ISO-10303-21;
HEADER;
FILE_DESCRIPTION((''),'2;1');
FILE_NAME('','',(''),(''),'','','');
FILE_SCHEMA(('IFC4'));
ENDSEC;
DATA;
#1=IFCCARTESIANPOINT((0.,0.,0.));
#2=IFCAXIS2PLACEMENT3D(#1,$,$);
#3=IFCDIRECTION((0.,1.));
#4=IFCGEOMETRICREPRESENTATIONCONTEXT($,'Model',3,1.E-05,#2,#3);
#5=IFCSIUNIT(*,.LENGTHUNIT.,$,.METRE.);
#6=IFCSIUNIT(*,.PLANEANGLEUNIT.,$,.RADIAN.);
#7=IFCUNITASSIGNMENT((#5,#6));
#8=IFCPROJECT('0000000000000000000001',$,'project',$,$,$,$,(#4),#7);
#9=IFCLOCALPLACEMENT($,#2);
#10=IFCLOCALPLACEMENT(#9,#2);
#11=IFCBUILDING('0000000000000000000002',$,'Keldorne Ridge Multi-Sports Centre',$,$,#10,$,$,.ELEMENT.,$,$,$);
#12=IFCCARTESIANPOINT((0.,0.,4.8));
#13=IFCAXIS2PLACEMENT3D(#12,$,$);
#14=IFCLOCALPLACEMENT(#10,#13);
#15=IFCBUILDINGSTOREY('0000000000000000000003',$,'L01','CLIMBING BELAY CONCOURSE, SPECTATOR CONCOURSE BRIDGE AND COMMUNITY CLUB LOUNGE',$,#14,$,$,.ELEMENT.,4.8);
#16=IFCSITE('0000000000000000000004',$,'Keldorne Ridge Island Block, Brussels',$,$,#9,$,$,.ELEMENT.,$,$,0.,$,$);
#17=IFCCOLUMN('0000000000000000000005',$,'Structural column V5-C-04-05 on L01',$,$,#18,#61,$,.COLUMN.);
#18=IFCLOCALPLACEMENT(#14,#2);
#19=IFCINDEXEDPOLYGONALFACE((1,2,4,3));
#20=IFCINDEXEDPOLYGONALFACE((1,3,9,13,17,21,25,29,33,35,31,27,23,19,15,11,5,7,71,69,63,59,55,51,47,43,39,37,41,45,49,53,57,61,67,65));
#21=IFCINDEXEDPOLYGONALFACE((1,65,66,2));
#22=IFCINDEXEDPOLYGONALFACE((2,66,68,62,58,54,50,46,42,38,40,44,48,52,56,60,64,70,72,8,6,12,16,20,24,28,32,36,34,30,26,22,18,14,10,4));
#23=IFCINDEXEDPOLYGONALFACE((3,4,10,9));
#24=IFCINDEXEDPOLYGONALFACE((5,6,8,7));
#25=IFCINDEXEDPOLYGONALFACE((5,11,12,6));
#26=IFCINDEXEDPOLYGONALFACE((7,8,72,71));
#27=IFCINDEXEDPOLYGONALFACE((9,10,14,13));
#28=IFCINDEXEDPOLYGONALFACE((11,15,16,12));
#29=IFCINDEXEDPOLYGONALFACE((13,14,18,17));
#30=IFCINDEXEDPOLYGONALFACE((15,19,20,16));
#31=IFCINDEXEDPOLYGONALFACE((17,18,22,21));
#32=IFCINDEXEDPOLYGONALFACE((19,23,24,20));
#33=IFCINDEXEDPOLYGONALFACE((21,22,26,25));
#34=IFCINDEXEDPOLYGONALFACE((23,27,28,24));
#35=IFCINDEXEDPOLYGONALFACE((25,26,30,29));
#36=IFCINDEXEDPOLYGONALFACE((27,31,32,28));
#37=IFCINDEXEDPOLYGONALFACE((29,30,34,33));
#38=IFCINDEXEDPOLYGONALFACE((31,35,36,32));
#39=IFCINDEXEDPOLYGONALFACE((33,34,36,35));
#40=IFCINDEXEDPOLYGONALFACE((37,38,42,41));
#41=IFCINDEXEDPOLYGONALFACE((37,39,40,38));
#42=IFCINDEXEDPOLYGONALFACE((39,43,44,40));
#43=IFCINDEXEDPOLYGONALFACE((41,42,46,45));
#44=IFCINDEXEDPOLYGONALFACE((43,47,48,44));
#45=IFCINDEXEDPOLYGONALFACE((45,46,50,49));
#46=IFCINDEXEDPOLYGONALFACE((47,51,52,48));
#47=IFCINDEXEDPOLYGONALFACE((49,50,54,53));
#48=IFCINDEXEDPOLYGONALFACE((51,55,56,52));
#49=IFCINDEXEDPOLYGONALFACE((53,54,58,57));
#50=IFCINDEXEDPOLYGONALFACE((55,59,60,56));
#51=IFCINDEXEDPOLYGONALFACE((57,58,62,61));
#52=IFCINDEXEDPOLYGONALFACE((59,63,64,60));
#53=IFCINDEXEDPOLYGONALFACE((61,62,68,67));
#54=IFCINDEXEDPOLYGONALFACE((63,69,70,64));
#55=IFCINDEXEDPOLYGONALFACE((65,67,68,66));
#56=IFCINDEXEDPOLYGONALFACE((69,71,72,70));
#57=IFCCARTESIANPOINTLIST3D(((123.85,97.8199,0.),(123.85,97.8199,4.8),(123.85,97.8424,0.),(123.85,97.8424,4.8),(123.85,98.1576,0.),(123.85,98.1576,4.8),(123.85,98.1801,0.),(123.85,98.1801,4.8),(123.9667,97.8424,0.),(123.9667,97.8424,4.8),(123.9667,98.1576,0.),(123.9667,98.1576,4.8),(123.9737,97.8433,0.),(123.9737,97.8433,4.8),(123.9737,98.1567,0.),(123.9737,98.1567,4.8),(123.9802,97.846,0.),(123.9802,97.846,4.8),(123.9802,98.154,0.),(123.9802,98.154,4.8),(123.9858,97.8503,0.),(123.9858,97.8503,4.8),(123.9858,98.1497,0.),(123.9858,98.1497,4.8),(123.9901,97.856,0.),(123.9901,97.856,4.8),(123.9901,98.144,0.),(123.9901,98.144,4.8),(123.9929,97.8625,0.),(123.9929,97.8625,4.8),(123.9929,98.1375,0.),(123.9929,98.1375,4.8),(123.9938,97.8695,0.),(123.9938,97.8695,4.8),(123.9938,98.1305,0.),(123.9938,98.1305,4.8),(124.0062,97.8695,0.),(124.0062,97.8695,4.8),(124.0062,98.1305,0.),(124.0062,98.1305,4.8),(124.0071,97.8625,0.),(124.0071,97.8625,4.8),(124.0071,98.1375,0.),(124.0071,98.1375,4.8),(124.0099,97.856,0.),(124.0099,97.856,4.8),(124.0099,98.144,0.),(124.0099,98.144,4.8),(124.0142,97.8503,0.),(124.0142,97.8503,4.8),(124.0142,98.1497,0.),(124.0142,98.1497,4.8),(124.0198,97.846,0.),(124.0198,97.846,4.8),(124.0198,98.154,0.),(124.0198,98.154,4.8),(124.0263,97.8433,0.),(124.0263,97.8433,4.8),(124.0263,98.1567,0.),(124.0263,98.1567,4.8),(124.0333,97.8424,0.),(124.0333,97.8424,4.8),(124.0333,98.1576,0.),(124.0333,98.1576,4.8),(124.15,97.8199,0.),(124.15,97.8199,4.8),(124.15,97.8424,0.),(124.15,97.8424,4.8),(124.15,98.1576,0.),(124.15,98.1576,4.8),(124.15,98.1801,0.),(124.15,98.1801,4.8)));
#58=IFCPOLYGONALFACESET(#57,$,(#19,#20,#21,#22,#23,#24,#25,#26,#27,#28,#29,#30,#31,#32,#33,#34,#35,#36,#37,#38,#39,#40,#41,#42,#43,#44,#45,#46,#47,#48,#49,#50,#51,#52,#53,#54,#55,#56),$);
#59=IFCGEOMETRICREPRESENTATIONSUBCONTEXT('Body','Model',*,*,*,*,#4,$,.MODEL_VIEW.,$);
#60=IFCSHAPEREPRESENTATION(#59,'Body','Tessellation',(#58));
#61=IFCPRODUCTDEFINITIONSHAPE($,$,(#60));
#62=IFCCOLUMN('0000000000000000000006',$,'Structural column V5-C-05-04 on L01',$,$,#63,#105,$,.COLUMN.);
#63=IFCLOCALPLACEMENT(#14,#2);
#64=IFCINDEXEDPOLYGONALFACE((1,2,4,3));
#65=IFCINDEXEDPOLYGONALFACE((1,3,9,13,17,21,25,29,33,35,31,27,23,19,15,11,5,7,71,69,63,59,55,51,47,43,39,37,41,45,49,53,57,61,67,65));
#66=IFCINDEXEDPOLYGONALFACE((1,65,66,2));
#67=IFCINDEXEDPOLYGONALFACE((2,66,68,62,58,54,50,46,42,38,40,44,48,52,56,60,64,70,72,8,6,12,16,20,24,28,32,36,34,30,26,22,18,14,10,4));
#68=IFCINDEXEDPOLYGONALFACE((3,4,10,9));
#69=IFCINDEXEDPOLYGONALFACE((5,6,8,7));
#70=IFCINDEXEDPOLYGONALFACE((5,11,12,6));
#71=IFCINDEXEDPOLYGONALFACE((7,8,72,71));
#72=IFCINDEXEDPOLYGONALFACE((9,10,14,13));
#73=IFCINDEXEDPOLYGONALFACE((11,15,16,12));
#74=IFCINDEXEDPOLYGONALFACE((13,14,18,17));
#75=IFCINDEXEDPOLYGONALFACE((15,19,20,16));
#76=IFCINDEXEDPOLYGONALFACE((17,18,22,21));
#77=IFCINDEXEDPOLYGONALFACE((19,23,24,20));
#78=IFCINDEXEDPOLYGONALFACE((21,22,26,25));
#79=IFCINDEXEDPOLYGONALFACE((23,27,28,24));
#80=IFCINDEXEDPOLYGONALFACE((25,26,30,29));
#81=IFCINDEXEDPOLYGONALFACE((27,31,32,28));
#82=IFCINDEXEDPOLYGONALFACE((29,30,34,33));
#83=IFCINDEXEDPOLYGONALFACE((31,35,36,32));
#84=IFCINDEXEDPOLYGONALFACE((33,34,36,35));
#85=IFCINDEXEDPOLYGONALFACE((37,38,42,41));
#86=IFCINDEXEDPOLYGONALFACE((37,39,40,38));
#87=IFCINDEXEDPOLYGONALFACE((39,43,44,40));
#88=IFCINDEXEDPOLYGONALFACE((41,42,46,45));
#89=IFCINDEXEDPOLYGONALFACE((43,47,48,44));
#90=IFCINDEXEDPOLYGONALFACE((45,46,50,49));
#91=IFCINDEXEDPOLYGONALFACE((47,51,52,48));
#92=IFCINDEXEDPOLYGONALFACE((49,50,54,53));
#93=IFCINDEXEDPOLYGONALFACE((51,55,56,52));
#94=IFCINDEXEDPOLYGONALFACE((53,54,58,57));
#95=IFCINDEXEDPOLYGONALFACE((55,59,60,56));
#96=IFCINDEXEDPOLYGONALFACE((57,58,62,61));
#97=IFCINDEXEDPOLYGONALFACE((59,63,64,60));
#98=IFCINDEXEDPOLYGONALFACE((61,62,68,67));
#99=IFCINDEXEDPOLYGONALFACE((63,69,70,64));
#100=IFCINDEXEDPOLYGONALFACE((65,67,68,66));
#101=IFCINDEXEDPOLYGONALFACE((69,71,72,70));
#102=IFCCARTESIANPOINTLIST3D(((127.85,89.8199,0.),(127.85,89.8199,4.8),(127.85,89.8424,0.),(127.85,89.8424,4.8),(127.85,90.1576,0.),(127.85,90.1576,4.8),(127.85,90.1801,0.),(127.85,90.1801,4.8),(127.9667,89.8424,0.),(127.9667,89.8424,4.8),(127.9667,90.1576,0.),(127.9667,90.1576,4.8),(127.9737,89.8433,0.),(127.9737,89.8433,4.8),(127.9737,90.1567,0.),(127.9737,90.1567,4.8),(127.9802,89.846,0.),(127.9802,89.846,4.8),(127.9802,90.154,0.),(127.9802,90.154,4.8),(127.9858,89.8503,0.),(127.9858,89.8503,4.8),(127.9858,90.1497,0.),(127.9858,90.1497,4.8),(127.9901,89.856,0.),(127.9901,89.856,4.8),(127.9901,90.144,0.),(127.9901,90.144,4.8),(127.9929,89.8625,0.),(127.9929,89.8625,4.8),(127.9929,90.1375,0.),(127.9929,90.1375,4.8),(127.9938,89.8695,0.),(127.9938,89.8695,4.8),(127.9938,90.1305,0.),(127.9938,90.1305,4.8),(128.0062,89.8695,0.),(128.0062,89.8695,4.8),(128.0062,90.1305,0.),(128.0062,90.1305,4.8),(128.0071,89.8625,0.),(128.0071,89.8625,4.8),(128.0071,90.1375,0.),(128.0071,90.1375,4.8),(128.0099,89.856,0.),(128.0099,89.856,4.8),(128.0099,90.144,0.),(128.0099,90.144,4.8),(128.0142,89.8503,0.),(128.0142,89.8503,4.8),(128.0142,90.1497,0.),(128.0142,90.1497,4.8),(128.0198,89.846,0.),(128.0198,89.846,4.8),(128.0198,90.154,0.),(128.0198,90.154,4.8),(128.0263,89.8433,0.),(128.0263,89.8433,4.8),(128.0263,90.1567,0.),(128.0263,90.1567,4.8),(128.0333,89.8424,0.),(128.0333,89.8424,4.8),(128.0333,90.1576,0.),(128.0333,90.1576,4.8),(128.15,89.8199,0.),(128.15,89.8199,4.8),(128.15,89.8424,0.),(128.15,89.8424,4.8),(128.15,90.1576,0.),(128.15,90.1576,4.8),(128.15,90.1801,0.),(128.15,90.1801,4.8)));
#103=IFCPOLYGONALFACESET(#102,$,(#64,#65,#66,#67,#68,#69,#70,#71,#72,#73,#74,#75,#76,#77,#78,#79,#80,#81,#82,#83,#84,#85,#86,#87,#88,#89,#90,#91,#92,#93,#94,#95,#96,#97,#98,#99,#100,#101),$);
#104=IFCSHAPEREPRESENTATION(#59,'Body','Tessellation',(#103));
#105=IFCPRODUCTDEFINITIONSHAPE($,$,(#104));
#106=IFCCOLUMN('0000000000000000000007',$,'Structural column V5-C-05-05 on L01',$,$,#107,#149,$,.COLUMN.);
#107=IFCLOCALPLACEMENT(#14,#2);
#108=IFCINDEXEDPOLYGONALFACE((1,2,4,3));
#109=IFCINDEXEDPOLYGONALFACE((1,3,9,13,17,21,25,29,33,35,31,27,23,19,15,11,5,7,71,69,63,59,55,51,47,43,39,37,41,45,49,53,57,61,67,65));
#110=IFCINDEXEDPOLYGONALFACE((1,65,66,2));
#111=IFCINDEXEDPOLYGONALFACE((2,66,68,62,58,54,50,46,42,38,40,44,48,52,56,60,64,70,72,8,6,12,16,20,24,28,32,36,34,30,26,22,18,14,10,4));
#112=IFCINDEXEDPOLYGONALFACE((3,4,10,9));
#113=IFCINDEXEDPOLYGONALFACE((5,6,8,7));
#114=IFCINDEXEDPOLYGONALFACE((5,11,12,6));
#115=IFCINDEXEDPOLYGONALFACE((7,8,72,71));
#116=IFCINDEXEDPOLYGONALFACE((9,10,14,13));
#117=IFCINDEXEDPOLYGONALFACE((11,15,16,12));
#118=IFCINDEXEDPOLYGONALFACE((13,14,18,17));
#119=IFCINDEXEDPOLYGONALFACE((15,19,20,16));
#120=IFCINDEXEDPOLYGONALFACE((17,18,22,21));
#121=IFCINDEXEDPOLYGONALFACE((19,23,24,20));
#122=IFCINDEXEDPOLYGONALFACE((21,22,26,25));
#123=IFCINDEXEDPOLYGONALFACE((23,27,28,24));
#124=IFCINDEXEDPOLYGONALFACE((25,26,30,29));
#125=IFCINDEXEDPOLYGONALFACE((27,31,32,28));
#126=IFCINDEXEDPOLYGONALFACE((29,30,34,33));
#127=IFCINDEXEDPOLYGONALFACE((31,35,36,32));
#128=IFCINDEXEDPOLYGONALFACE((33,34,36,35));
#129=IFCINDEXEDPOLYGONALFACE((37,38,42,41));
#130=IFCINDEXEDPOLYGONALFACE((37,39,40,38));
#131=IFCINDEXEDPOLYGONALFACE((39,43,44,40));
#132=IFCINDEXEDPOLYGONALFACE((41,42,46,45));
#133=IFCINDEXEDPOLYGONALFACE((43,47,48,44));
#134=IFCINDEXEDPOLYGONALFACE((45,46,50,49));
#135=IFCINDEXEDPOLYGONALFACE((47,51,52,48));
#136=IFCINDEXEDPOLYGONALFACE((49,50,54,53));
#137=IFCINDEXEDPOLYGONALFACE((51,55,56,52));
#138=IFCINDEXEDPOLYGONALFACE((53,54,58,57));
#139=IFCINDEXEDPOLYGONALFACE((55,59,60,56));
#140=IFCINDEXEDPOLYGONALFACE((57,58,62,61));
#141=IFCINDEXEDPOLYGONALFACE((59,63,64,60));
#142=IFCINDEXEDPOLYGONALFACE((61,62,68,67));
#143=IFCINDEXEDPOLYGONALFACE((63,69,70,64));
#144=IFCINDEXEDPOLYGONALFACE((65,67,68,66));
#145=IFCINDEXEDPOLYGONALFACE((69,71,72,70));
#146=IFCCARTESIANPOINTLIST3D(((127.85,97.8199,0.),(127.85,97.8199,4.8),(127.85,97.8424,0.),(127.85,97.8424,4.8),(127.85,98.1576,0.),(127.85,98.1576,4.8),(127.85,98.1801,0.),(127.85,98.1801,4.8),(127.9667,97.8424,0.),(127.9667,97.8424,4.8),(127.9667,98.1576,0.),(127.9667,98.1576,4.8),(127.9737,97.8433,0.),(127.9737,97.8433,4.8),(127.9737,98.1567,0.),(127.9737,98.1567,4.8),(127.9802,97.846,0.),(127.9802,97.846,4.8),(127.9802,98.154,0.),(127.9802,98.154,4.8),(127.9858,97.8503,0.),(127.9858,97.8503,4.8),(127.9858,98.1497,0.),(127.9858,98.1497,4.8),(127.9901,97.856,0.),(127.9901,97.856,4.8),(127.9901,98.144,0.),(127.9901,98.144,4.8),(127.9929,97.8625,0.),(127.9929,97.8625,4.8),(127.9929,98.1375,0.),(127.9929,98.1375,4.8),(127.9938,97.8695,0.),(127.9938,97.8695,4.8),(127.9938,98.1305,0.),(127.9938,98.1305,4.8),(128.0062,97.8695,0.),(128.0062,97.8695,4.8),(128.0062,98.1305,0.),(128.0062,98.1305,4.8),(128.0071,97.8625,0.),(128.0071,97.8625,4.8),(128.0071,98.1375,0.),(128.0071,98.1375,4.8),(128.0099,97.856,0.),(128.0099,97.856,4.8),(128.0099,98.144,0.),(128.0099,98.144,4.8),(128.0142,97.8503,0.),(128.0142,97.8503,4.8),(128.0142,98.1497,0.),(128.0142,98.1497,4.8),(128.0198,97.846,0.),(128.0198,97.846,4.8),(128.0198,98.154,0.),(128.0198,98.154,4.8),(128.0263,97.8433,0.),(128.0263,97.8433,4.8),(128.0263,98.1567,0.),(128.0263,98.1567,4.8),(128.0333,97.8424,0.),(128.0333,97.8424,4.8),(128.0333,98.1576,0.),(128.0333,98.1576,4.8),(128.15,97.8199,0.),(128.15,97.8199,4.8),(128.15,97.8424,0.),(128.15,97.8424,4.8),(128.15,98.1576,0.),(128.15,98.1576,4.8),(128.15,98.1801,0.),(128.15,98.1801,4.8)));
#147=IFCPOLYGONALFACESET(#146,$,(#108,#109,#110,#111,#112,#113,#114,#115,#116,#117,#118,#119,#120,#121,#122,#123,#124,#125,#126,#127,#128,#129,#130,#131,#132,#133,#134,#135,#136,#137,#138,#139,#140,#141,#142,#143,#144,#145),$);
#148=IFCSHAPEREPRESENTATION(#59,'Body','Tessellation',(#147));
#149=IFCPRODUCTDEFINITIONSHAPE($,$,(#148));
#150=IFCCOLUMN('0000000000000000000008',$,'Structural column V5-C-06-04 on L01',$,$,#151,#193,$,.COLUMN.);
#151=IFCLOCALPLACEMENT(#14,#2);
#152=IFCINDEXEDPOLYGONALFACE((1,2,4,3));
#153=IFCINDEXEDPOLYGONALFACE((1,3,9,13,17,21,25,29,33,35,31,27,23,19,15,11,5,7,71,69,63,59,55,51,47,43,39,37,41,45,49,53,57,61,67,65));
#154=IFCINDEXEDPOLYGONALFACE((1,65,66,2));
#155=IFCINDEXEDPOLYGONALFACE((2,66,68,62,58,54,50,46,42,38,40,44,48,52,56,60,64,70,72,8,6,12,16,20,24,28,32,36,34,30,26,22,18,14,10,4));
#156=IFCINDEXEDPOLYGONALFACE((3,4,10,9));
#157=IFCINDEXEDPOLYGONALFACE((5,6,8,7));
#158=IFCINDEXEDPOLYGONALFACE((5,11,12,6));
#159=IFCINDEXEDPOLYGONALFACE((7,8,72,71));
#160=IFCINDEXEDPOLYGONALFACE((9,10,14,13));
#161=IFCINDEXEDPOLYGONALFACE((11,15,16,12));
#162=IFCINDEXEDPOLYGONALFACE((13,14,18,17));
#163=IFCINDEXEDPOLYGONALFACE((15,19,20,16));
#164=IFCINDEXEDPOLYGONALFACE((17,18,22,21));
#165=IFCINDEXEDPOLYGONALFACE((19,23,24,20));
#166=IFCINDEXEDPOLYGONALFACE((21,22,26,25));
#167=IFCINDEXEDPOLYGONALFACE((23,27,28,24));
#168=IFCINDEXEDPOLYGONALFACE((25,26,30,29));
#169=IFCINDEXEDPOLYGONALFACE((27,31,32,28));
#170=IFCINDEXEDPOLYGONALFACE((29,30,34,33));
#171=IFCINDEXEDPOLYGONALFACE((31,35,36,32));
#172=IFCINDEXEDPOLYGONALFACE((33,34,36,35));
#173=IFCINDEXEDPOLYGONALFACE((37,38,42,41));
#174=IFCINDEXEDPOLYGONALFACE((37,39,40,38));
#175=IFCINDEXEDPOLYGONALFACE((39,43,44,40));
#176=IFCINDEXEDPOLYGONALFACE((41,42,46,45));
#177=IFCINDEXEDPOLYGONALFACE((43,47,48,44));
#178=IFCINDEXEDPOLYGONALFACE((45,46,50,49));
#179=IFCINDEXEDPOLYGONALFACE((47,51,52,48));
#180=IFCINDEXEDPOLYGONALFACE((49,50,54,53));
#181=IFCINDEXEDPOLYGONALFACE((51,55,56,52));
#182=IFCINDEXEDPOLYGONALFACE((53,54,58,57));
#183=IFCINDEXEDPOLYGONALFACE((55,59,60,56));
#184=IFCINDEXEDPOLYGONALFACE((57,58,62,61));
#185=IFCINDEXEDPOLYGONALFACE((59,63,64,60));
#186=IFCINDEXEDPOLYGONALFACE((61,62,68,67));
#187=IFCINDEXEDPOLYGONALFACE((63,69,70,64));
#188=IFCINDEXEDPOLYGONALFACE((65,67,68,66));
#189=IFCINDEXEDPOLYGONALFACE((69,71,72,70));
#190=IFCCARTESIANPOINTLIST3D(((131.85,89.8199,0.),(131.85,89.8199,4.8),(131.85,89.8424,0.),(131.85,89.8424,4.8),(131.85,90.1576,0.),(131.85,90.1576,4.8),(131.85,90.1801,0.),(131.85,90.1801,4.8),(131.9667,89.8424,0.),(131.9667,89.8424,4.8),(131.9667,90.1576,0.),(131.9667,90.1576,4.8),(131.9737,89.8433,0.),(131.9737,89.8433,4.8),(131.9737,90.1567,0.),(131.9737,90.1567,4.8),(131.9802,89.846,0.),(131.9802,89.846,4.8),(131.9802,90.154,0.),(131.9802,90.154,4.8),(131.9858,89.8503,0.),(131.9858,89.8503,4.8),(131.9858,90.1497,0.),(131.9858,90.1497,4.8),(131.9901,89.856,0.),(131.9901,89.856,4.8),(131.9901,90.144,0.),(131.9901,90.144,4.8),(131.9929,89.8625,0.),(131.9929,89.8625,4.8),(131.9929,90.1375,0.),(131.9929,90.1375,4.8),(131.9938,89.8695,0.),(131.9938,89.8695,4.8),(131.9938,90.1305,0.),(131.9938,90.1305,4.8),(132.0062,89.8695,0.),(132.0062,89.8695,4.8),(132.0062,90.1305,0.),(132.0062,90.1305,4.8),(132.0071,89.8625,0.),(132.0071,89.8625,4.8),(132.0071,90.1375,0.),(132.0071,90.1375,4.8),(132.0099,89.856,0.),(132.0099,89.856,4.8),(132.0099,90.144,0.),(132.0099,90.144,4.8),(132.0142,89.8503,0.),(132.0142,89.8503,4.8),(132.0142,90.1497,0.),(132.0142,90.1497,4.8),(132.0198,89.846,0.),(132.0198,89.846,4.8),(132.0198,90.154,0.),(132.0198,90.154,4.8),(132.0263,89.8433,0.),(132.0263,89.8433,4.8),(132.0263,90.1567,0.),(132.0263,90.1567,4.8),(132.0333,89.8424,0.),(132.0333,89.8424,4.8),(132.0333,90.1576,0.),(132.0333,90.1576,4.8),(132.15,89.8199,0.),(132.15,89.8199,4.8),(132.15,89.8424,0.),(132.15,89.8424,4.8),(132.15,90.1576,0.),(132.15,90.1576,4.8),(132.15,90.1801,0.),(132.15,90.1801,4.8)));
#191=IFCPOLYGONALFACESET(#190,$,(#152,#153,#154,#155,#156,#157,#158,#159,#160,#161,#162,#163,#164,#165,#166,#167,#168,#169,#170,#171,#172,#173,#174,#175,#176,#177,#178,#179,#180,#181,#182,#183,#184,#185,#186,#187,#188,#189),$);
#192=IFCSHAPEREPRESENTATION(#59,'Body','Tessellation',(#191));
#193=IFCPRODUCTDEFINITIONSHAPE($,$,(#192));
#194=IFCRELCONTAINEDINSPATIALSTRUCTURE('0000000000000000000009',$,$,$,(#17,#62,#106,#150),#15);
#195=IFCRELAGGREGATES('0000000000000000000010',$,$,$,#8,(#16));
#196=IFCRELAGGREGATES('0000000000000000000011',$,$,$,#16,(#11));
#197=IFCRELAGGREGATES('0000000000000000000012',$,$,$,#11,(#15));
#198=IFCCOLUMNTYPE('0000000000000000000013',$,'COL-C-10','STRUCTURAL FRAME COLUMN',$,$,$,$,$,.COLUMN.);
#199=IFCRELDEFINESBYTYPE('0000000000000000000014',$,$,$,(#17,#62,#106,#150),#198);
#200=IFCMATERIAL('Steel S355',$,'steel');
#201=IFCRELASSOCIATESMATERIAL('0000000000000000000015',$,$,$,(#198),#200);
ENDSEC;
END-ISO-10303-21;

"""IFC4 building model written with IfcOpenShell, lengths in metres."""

from ifc_helpers import new_model, si_unit, direction, frame, origin, origin_2d, place, context, subcontext, project, spatial, i_section, extrude, material, material_profile, profile_set, type_object, element, save


model = new_model("IFC4")

# Units and contexts
model_context = context("Model", 3, precision=1e-05, world=origin(), true_north=direction((0.0, 1.0)))
body_context = subcontext(model_context, "Body", "Model", "MODEL_VIEW")
ifc_project = project(units=[si_unit("LENGTHUNIT", "METRE"), si_unit("PLANEANGLEUNIT", "RADIAN")], contexts=[model_context])

# Site, building, storey
site_placement = place(None, origin())
site = spatial("IfcSite", under=ifc_project, at=site_placement, Name="Keldorne Ridge Island Block, Brussels", CompositionType="ELEMENT", RefElevation=0.0)
building_placement = place(site_placement, origin())
building = spatial("IfcBuilding", under=site, at=building_placement, Name="Keldorne Ridge Multi-Sports Centre", CompositionType="ELEMENT")
storey_placement = place(building_placement, frame((0.0, 0.0, 4.8)))
storey = spatial("IfcBuildingStorey", under=building, at=storey_placement, Name="L01", Description="CLIMBING BELAY CONCOURSE, SPECTATOR CONCOURSE BRIDGE AND COMMUNITY CLUB LOUNGE", CompositionType="ELEMENT", Elevation=4.8)

# Columns
ifc_material = material(Name="Steel S355", Category="steel")
ifc_material_profile_1 = material_profile(ifc_material, i_section(OverallWidth=0.3, OverallDepth=0.3601, WebThickness=0.0125, FlangeThickness=0.0225, FilletRadius=0.0271, at=origin_2d()), Name="HEB 360")
ifc_profile_set_1 = profile_set([ifc_material_profile_1], Name="Steel S355")
column_type = type_object("IfcColumnType", Name="COL-C-10", Description="STRUCTURAL FRAME COLUMN", PredefinedType="COLUMN", material=ifc_profile_set_1)
for number, where, z_axis, x_axis, name in (
    (1, (124.0, 98.0, 0.0), (0.0, 0.0, 1.0), (1.0, 0.0, 0.0), "Structural column V5-C-04-05 on L01"),
    (2, (128.0, 90.0, 0.0), (0.0, 0.0, 1.0), (1.0, 0.0, 0.0), "Structural column V5-C-05-04 on L01"),
    (3, (128.0, 98.0, 0.0), (0.0, 0.0, 1.0), (1.0, 0.0, 0.0), "Structural column V5-C-05-05 on L01"),
    (4, (132.0, 90.0, 0.0), (0.0, 0.0, 1.0), (1.0, 0.0, 0.0), "Structural column V5-C-06-04 on L01"),
):
    element("IfcColumn", number, at=place(storey_placement, frame(where, z_axis=z_axis, x_axis=x_axis)), inside=storey, type_object=column_type, Name=name, PredefinedType="COLUMN", context=body_context, shape_type="SweptSolid", body=[
        extrude(i_section(OverallWidth=0.3, OverallDepth=0.3601, WebThickness=0.0125, FlangeThickness=0.0225, FilletRadius=0.0271, at=origin_2d()), origin(), (0.0, 0.0, 1.0), 4.8),
    ])

save(model, "model.ifc")
